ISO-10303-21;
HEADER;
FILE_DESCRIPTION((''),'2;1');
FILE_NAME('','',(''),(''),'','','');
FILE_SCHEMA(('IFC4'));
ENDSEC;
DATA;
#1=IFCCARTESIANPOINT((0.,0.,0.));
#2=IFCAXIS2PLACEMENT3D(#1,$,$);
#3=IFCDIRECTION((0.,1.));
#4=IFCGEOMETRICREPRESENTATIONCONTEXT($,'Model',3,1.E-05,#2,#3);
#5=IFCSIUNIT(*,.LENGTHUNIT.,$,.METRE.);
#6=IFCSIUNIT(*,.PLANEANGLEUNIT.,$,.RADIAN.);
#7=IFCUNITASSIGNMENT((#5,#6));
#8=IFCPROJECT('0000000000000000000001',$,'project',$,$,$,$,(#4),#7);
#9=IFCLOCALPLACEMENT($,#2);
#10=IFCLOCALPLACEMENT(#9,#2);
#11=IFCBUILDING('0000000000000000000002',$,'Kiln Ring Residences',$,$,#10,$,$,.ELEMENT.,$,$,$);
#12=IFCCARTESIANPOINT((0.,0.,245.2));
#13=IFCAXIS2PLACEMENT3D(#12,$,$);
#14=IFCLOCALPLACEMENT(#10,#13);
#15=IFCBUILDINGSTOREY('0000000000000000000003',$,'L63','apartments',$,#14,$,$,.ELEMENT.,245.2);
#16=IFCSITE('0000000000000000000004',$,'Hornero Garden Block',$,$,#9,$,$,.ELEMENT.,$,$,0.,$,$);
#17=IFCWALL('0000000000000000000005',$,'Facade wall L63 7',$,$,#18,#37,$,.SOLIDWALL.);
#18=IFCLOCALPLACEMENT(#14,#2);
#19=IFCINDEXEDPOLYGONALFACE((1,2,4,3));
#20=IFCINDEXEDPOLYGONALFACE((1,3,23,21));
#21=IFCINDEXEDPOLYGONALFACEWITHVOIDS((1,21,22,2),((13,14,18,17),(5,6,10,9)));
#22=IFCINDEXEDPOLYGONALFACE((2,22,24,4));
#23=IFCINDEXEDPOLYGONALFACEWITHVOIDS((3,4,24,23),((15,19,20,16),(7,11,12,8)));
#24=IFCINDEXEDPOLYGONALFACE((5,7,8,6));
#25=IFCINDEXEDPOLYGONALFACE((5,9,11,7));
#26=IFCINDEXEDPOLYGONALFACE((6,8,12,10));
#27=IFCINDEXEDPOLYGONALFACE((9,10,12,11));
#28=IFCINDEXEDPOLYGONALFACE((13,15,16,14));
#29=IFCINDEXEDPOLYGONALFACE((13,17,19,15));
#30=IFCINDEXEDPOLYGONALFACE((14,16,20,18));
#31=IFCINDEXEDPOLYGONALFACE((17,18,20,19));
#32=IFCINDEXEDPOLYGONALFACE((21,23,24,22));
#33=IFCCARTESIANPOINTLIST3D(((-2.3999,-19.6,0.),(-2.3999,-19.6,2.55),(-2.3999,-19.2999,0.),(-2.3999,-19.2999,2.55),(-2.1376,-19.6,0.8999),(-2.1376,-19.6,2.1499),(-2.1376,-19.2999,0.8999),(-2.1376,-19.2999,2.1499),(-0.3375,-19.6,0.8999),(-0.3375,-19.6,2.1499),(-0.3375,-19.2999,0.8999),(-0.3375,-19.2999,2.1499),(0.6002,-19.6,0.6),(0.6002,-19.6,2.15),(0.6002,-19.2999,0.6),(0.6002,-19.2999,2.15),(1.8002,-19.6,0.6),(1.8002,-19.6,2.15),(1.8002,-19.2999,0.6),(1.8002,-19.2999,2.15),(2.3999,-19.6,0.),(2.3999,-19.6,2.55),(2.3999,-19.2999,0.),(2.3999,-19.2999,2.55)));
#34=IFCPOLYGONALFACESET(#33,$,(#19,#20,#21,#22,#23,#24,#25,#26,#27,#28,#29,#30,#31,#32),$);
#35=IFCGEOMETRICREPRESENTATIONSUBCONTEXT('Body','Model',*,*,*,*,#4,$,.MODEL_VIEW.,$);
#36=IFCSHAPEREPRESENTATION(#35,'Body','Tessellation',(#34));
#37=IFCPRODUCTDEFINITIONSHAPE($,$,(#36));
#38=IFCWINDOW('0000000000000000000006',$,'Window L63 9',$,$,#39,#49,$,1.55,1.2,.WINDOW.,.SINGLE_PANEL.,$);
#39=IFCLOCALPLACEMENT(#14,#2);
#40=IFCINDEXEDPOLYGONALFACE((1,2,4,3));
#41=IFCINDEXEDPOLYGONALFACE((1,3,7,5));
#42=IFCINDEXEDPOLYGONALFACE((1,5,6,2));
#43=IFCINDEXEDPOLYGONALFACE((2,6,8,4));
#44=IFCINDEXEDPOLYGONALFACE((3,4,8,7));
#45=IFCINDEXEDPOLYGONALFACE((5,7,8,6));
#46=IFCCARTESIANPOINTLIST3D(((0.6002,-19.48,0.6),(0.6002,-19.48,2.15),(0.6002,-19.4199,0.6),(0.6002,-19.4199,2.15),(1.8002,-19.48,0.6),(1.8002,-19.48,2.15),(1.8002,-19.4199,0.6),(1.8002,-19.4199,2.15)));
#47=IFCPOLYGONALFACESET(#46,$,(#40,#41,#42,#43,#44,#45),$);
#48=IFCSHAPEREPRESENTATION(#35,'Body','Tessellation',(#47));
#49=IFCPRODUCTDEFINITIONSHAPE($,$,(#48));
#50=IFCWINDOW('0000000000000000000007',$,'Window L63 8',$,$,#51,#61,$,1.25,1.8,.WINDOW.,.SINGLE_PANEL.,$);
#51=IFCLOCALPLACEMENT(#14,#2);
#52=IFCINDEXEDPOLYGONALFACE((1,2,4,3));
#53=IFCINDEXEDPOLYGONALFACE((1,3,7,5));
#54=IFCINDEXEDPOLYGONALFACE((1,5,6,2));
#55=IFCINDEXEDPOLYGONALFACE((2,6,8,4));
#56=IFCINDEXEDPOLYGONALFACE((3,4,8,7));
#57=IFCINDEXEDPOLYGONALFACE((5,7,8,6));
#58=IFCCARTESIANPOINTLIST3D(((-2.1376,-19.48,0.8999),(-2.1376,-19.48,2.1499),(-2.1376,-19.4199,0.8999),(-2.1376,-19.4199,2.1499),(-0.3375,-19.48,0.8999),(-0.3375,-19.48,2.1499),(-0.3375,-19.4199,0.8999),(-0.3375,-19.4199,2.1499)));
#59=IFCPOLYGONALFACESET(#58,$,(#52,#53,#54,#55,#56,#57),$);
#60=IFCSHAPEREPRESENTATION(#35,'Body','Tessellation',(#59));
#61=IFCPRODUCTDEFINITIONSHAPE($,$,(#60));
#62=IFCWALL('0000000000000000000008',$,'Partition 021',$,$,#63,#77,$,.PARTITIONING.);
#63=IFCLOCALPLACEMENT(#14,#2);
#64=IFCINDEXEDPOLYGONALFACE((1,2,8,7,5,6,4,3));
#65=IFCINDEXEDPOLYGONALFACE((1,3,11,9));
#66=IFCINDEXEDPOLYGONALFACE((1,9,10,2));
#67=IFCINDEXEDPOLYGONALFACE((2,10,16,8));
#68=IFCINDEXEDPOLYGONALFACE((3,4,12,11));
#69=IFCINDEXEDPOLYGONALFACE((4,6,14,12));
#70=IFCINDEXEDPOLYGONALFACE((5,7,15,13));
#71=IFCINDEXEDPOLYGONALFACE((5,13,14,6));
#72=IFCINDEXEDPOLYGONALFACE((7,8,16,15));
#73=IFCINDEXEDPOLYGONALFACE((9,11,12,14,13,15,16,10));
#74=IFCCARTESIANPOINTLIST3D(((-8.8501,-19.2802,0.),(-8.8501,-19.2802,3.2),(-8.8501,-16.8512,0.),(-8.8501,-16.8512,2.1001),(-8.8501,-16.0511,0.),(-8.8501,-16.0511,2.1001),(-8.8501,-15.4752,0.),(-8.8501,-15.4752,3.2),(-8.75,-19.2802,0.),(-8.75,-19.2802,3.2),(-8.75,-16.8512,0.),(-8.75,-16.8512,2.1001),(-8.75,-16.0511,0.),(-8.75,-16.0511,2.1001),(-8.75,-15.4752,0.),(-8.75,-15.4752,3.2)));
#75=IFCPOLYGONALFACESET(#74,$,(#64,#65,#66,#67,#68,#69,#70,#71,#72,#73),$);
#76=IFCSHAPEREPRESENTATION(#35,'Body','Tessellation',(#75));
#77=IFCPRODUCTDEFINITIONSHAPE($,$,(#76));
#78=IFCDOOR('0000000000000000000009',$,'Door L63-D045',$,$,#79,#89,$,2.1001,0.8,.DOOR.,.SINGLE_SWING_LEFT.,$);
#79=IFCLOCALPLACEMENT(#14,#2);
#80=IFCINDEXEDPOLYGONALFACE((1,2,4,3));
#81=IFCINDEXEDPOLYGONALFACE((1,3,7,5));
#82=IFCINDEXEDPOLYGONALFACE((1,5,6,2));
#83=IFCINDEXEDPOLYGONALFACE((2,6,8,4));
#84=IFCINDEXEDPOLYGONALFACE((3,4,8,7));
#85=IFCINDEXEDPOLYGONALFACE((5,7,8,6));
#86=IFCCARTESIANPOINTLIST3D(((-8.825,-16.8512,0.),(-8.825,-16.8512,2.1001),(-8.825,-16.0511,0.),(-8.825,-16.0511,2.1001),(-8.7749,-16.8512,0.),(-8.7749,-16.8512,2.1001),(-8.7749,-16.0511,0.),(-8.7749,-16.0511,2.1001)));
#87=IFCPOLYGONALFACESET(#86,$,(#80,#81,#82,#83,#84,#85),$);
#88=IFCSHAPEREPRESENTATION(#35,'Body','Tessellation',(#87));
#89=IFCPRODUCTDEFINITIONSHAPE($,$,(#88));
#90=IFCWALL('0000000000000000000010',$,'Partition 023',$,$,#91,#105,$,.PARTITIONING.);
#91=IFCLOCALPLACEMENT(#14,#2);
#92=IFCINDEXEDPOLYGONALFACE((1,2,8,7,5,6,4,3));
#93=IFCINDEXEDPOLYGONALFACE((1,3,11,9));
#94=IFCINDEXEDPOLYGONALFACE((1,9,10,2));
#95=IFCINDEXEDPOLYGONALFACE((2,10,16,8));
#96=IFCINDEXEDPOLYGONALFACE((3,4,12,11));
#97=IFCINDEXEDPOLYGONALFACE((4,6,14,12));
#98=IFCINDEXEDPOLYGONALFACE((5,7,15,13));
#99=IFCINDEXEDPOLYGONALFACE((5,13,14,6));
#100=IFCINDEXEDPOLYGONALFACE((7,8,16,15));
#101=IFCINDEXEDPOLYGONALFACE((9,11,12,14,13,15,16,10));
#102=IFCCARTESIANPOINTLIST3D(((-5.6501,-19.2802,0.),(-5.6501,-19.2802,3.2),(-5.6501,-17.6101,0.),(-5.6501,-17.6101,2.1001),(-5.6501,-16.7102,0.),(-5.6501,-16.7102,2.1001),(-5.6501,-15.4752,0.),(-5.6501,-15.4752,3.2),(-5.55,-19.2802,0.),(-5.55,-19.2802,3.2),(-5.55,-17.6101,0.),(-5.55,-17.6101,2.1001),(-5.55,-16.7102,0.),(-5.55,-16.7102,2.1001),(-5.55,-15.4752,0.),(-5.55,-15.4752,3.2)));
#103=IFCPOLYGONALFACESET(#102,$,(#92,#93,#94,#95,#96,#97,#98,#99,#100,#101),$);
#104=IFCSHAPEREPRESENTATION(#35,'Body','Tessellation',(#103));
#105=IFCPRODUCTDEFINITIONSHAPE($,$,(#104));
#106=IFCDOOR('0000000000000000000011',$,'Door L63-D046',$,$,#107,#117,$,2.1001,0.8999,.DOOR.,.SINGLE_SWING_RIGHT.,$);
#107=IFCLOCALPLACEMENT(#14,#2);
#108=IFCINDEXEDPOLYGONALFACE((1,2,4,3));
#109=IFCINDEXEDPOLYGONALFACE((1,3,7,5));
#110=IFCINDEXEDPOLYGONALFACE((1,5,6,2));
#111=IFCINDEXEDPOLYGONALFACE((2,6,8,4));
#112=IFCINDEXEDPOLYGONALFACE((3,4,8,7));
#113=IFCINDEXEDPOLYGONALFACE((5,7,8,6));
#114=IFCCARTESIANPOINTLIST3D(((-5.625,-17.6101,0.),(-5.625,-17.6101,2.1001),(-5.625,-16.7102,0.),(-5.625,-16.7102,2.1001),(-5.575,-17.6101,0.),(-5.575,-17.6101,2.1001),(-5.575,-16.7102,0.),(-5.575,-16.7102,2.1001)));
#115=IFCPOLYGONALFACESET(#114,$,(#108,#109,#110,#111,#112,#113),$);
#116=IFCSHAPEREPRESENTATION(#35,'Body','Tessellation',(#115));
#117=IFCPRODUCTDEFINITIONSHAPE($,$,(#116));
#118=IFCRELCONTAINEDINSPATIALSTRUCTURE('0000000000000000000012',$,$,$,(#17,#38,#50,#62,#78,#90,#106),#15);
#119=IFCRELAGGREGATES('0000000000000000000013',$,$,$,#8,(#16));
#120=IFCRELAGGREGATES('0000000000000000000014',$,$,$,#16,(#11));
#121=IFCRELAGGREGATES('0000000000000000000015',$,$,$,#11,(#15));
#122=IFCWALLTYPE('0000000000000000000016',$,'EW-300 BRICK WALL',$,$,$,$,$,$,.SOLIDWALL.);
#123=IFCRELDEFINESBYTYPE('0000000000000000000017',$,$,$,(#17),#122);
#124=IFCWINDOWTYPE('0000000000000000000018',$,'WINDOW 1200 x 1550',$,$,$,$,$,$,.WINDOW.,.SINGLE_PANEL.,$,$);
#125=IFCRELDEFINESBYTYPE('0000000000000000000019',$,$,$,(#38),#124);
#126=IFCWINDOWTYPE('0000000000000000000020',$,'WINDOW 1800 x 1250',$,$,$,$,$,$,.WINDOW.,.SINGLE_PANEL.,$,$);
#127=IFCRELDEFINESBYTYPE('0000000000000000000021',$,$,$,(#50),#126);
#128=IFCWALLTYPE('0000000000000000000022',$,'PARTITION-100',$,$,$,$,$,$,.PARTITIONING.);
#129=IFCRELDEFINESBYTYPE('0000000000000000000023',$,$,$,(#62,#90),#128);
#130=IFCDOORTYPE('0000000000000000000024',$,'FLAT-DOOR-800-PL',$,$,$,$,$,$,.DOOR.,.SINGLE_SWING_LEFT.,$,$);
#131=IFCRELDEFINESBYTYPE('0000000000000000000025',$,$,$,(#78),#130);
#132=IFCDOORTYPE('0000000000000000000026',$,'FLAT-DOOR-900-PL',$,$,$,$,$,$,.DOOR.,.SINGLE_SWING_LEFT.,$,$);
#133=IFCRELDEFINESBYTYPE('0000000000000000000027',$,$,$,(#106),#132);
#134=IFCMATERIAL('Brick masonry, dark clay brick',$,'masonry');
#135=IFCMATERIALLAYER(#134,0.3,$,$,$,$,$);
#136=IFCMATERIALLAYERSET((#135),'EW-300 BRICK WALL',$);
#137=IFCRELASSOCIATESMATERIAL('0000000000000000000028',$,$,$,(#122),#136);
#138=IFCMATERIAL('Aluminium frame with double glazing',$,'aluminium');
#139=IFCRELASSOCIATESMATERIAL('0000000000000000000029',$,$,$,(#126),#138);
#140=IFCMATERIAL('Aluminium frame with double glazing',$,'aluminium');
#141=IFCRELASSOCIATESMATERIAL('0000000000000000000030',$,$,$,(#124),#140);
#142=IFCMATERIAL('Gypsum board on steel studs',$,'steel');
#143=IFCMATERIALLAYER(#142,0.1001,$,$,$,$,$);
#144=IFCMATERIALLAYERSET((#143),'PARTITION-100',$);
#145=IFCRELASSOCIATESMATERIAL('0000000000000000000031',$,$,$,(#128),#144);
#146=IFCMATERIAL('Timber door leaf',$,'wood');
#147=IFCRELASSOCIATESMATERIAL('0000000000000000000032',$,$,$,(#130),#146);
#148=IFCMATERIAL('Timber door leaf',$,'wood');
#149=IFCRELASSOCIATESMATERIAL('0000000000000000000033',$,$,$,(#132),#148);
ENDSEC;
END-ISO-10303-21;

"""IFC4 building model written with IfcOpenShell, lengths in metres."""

from ifc_helpers import new_model, si_unit, direction, frame, frame_2d, origin, place, context, subcontext, project, spatial, rectangle, extrude, material, layer, layer_set, type_object, element, fill, save


model = new_model("IFC4")

# Units and contexts
model_context = context("Model", 3, precision=1e-05, world=origin(), true_north=direction((0.0, 1.0)))
body_context = subcontext(model_context, "Body", "Model", "MODEL_VIEW")
ifc_project = project(units=[si_unit("LENGTHUNIT", "METRE"), si_unit("PLANEANGLEUNIT", "RADIAN")], contexts=[model_context])

# Site, building, storey
site_placement = place(None, origin())
site = spatial("IfcSite", under=ifc_project, at=site_placement, Name="Hornero Garden Block", CompositionType="ELEMENT", RefElevation=0.0)
building_placement = place(site_placement, origin())
building = spatial("IfcBuilding", under=site, at=building_placement, Name="Kiln Ring Residences", CompositionType="ELEMENT")
storey_placement = place(building_placement, frame((0.0, 0.0, 245.2)))
storey = spatial("IfcBuildingStorey", under=building, at=storey_placement, Name="L63", Description="apartments", CompositionType="ELEMENT", Elevation=245.2)

# Wall, openings, windows
ifc_material_1 = material(Name="Brick masonry, dark clay brick", Category="masonry")
ifc_layer_1 = layer(ifc_material_1, 0.3)
ifc_layer_set_1 = layer_set([ifc_layer_1], Name="EW-300 BRICK WALL")
wall_type_1 = type_object("IfcWallType", Name="EW-300 BRICK WALL", PredefinedType="SOLIDWALL", material=ifc_layer_set_1)
ifc_material_2 = material(Name="Aluminium frame with double glazing", Category="aluminium")
window_type_1 = type_object("IfcWindowType", Name="WINDOW 1800 x 1250", PartitioningType="SINGLE_PANEL", PredefinedType="WINDOW", material=ifc_material_2)
wall_1_placement = place(storey_placement, frame((-2.3999, -19.45, 0.0), z_axis=(0.0, 0.0, 1.0), x_axis=(1.0, 0.0, 0.0)))
wall_1 = element("IfcWall", 1, at=wall_1_placement, inside=storey, type_object=wall_type_1, Name="Facade wall L63 7", PredefinedType="SOLIDWALL", context=body_context, shape_type="SweptSolid", body=[
    extrude(rectangle(XDim=4.7998, YDim=0.3, at=frame_2d((2.3999, 0.0))), origin(), (0.0, 0.0, 1.0), 2.55),
])
opening_1_placement = place(wall_1_placement, frame((0.2625, 0.0, 0.8999)))
opening_1 = element("IfcOpeningElement", 2, at=opening_1_placement, cuts=wall_1, PredefinedType="OPENING", context=body_context, shape_type="SweptSolid", body=[
    extrude(rectangle(XDim=1.8, YDim=1.25, at=frame_2d((0.8999, 0.625))), frame((0.0, 0.1599, 0.0), z_axis=(0.0, -1.0, 0.0), x_axis=(1.0, 0.0, 0.0)), (0.0, 0.0, 1.0), 0.3201),
])
opening_2_placement = place(wall_1_placement, frame((3.0, 0.0, 0.6001)))
opening_2 = element("IfcOpeningElement", 3, at=opening_2_placement, cuts=wall_1, PredefinedType="OPENING", context=body_context, shape_type="SweptSolid", body=[
    extrude(rectangle(XDim=1.2, YDim=1.55, at=frame_2d((0.6001, 0.7749))), frame((0.0, 0.1599, 0.0), z_axis=(0.0, -1.0, 0.0), x_axis=(1.0, 0.0, 0.0)), (0.0, 0.0, 1.0), 0.3201),
])
ifc_material_3 = material(Name="Aluminium frame with double glazing", Category="aluminium")
window_type_2 = type_object("IfcWindowType", Name="WINDOW 1200 x 1550", PartitioningType="SINGLE_PANEL", PredefinedType="WINDOW", material=ifc_material_3)
window_1_placement = place(opening_2_placement, origin())
window_1 = element("IfcWindow", 4, at=window_1_placement, inside=storey, type_object=window_type_2, Name="Window L63 9", OverallHeight=1.55, OverallWidth=1.2, PartitioningType="SINGLE_PANEL", PredefinedType="WINDOW", context=body_context, shape_type="SweptSolid", body=[
    extrude(rectangle(XDim=1.2, YDim=1.55, at=frame_2d((0.6001, 0.7749))), frame((0.0, 0.03, 0.0), z_axis=(0.0, -1.0, 0.0), x_axis=(1.0, 0.0, 0.0)), (0.0, 0.0, 1.0), 0.0601),
])
fill(opening_2, window_1)
window_2_placement = place(opening_1_placement, origin())
window_2 = element("IfcWindow", 5, at=window_2_placement, inside=storey, type_object=window_type_1, Name="Window L63 8", OverallHeight=1.25, OverallWidth=1.8, PartitioningType="SINGLE_PANEL", PredefinedType="WINDOW", context=body_context, shape_type="SweptSolid", body=[
    extrude(rectangle(XDim=1.8, YDim=1.25, at=frame_2d((0.8999, 0.625))), frame((0.0, 0.03, 0.0), z_axis=(0.0, -1.0, 0.0), x_axis=(1.0, 0.0, 0.0)), (0.0, 0.0, 1.0), 0.0601),
])
fill(opening_1, window_2)

# Walls, openings, doors
ifc_material_4 = material(Name="Gypsum board on steel studs", Category="steel")
ifc_layer_2 = layer(ifc_material_4, 0.1001)
ifc_layer_set_2 = layer_set([ifc_layer_2], Name="PARTITION-100")
wall_type_2 = type_object("IfcWallType", Name="PARTITION-100", PredefinedType="PARTITIONING", material=ifc_layer_set_2)
wall_2_placement = place(storey_placement, frame((-8.8, -19.28, 0.0), z_axis=(0.0, 0.0, 1.0), x_axis=(0.0, 1.0, 0.0)))
wall_2 = element("IfcWall", 6, at=wall_2_placement, inside=storey, type_object=wall_type_2, Name="Partition 021", PredefinedType="PARTITIONING", context=body_context, shape_type="SweptSolid", body=[
    extrude(rectangle(XDim=3.8049, YDim=0.1001, at=frame_2d((1.9023, 0.0))), origin(), (0.0, 0.0, 1.0), 3.2),
])
opening_3_placement = place(wall_2_placement, frame((2.429, 0.0, 0.0)))
opening_3 = element("IfcOpeningElement", 7, at=opening_3_placement, cuts=wall_2, PredefinedType="OPENING", context=body_context, shape_type="SweptSolid", body=[
    extrude(rectangle(XDim=0.8, YDim=2.1001, at=frame_2d((0.3999, 1.05))), frame((0.0, 0.0601, 0.0), z_axis=(0.0, -1.0, 0.0), x_axis=(1.0, 0.0, 0.0)), (0.0, 0.0, 1.0), 0.1201),
])
ifc_material_5 = material(Name="Timber door leaf", Category="wood")
door_type_1 = type_object("IfcDoorType", Name="FLAT-DOOR-800-PL", OperationType="SINGLE_SWING_LEFT", PredefinedType="DOOR", material=ifc_material_5)
door_1_placement = place(opening_3_placement, origin())
door_1 = element("IfcDoor", 8, at=door_1_placement, inside=storey, type_object=door_type_1, Name="Door L63-D045", OperationType="SINGLE_SWING_LEFT", OverallHeight=2.1001, OverallWidth=0.8, PredefinedType="DOOR", context=body_context, shape_type="SweptSolid", body=[
    extrude(rectangle(XDim=0.8, YDim=2.1001, at=frame_2d((0.3999, 1.05))), frame((0.0, 0.0249, 0.0), z_axis=(0.0, -1.0, 0.0), x_axis=(1.0, 0.0, 0.0)), (0.0, 0.0, 1.0), 0.05),
])
fill(opening_3, door_1)
wall_3_placement = place(storey_placement, frame((-5.6001, -19.28, 0.0), z_axis=(0.0, 0.0, 1.0), x_axis=(0.0, 1.0, 0.0)))
wall_3 = element("IfcWall", 9, at=wall_3_placement, inside=storey, type_object=wall_type_2, Name="Partition 023", PredefinedType="PARTITIONING", context=body_context, shape_type="SweptSolid", body=[
    extrude(rectangle(XDim=3.8049, YDim=0.1001, at=frame_2d((1.9023, 0.0))), origin(), (0.0, 0.0, 1.0), 3.2),
])
opening_4_placement = place(wall_3_placement, frame((1.6699, 0.0, 0.0)))
opening_4 = element("IfcOpeningElement", 10, at=opening_4_placement, cuts=wall_3, PredefinedType="OPENING", context=body_context, shape_type="SweptSolid", body=[
    extrude(rectangle(XDim=0.8999, YDim=2.1001, at=frame_2d((0.45, 1.05))), frame((0.0, 0.0601, 0.0), z_axis=(0.0, -1.0, 0.0), x_axis=(1.0, 0.0, 0.0)), (0.0, 0.0, 1.0), 0.1201),
])
ifc_material_6 = material(Name="Timber door leaf", Category="wood")
door_type_2 = type_object("IfcDoorType", Name="FLAT-DOOR-900-PL", OperationType="SINGLE_SWING_LEFT", PredefinedType="DOOR", material=ifc_material_6)
door_2_placement = place(opening_4_placement, origin())
door_2 = element("IfcDoor", 11, at=door_2_placement, inside=storey, type_object=door_type_2, Name="Door L63-D046", OperationType="SINGLE_SWING_RIGHT", OverallHeight=2.1001, OverallWidth=0.8999, PredefinedType="DOOR", context=body_context, shape_type="SweptSolid", body=[
    extrude(rectangle(XDim=0.8999, YDim=2.1001, at=frame_2d((0.45, 1.05))), frame((0.0, 0.0249, 0.0), z_axis=(0.0, -1.0, 0.0), x_axis=(1.0, 0.0, 0.0)), (0.0, 0.0, 1.0), 0.05),
])
fill(opening_4, door_2)

save(model, "model.ifc")
